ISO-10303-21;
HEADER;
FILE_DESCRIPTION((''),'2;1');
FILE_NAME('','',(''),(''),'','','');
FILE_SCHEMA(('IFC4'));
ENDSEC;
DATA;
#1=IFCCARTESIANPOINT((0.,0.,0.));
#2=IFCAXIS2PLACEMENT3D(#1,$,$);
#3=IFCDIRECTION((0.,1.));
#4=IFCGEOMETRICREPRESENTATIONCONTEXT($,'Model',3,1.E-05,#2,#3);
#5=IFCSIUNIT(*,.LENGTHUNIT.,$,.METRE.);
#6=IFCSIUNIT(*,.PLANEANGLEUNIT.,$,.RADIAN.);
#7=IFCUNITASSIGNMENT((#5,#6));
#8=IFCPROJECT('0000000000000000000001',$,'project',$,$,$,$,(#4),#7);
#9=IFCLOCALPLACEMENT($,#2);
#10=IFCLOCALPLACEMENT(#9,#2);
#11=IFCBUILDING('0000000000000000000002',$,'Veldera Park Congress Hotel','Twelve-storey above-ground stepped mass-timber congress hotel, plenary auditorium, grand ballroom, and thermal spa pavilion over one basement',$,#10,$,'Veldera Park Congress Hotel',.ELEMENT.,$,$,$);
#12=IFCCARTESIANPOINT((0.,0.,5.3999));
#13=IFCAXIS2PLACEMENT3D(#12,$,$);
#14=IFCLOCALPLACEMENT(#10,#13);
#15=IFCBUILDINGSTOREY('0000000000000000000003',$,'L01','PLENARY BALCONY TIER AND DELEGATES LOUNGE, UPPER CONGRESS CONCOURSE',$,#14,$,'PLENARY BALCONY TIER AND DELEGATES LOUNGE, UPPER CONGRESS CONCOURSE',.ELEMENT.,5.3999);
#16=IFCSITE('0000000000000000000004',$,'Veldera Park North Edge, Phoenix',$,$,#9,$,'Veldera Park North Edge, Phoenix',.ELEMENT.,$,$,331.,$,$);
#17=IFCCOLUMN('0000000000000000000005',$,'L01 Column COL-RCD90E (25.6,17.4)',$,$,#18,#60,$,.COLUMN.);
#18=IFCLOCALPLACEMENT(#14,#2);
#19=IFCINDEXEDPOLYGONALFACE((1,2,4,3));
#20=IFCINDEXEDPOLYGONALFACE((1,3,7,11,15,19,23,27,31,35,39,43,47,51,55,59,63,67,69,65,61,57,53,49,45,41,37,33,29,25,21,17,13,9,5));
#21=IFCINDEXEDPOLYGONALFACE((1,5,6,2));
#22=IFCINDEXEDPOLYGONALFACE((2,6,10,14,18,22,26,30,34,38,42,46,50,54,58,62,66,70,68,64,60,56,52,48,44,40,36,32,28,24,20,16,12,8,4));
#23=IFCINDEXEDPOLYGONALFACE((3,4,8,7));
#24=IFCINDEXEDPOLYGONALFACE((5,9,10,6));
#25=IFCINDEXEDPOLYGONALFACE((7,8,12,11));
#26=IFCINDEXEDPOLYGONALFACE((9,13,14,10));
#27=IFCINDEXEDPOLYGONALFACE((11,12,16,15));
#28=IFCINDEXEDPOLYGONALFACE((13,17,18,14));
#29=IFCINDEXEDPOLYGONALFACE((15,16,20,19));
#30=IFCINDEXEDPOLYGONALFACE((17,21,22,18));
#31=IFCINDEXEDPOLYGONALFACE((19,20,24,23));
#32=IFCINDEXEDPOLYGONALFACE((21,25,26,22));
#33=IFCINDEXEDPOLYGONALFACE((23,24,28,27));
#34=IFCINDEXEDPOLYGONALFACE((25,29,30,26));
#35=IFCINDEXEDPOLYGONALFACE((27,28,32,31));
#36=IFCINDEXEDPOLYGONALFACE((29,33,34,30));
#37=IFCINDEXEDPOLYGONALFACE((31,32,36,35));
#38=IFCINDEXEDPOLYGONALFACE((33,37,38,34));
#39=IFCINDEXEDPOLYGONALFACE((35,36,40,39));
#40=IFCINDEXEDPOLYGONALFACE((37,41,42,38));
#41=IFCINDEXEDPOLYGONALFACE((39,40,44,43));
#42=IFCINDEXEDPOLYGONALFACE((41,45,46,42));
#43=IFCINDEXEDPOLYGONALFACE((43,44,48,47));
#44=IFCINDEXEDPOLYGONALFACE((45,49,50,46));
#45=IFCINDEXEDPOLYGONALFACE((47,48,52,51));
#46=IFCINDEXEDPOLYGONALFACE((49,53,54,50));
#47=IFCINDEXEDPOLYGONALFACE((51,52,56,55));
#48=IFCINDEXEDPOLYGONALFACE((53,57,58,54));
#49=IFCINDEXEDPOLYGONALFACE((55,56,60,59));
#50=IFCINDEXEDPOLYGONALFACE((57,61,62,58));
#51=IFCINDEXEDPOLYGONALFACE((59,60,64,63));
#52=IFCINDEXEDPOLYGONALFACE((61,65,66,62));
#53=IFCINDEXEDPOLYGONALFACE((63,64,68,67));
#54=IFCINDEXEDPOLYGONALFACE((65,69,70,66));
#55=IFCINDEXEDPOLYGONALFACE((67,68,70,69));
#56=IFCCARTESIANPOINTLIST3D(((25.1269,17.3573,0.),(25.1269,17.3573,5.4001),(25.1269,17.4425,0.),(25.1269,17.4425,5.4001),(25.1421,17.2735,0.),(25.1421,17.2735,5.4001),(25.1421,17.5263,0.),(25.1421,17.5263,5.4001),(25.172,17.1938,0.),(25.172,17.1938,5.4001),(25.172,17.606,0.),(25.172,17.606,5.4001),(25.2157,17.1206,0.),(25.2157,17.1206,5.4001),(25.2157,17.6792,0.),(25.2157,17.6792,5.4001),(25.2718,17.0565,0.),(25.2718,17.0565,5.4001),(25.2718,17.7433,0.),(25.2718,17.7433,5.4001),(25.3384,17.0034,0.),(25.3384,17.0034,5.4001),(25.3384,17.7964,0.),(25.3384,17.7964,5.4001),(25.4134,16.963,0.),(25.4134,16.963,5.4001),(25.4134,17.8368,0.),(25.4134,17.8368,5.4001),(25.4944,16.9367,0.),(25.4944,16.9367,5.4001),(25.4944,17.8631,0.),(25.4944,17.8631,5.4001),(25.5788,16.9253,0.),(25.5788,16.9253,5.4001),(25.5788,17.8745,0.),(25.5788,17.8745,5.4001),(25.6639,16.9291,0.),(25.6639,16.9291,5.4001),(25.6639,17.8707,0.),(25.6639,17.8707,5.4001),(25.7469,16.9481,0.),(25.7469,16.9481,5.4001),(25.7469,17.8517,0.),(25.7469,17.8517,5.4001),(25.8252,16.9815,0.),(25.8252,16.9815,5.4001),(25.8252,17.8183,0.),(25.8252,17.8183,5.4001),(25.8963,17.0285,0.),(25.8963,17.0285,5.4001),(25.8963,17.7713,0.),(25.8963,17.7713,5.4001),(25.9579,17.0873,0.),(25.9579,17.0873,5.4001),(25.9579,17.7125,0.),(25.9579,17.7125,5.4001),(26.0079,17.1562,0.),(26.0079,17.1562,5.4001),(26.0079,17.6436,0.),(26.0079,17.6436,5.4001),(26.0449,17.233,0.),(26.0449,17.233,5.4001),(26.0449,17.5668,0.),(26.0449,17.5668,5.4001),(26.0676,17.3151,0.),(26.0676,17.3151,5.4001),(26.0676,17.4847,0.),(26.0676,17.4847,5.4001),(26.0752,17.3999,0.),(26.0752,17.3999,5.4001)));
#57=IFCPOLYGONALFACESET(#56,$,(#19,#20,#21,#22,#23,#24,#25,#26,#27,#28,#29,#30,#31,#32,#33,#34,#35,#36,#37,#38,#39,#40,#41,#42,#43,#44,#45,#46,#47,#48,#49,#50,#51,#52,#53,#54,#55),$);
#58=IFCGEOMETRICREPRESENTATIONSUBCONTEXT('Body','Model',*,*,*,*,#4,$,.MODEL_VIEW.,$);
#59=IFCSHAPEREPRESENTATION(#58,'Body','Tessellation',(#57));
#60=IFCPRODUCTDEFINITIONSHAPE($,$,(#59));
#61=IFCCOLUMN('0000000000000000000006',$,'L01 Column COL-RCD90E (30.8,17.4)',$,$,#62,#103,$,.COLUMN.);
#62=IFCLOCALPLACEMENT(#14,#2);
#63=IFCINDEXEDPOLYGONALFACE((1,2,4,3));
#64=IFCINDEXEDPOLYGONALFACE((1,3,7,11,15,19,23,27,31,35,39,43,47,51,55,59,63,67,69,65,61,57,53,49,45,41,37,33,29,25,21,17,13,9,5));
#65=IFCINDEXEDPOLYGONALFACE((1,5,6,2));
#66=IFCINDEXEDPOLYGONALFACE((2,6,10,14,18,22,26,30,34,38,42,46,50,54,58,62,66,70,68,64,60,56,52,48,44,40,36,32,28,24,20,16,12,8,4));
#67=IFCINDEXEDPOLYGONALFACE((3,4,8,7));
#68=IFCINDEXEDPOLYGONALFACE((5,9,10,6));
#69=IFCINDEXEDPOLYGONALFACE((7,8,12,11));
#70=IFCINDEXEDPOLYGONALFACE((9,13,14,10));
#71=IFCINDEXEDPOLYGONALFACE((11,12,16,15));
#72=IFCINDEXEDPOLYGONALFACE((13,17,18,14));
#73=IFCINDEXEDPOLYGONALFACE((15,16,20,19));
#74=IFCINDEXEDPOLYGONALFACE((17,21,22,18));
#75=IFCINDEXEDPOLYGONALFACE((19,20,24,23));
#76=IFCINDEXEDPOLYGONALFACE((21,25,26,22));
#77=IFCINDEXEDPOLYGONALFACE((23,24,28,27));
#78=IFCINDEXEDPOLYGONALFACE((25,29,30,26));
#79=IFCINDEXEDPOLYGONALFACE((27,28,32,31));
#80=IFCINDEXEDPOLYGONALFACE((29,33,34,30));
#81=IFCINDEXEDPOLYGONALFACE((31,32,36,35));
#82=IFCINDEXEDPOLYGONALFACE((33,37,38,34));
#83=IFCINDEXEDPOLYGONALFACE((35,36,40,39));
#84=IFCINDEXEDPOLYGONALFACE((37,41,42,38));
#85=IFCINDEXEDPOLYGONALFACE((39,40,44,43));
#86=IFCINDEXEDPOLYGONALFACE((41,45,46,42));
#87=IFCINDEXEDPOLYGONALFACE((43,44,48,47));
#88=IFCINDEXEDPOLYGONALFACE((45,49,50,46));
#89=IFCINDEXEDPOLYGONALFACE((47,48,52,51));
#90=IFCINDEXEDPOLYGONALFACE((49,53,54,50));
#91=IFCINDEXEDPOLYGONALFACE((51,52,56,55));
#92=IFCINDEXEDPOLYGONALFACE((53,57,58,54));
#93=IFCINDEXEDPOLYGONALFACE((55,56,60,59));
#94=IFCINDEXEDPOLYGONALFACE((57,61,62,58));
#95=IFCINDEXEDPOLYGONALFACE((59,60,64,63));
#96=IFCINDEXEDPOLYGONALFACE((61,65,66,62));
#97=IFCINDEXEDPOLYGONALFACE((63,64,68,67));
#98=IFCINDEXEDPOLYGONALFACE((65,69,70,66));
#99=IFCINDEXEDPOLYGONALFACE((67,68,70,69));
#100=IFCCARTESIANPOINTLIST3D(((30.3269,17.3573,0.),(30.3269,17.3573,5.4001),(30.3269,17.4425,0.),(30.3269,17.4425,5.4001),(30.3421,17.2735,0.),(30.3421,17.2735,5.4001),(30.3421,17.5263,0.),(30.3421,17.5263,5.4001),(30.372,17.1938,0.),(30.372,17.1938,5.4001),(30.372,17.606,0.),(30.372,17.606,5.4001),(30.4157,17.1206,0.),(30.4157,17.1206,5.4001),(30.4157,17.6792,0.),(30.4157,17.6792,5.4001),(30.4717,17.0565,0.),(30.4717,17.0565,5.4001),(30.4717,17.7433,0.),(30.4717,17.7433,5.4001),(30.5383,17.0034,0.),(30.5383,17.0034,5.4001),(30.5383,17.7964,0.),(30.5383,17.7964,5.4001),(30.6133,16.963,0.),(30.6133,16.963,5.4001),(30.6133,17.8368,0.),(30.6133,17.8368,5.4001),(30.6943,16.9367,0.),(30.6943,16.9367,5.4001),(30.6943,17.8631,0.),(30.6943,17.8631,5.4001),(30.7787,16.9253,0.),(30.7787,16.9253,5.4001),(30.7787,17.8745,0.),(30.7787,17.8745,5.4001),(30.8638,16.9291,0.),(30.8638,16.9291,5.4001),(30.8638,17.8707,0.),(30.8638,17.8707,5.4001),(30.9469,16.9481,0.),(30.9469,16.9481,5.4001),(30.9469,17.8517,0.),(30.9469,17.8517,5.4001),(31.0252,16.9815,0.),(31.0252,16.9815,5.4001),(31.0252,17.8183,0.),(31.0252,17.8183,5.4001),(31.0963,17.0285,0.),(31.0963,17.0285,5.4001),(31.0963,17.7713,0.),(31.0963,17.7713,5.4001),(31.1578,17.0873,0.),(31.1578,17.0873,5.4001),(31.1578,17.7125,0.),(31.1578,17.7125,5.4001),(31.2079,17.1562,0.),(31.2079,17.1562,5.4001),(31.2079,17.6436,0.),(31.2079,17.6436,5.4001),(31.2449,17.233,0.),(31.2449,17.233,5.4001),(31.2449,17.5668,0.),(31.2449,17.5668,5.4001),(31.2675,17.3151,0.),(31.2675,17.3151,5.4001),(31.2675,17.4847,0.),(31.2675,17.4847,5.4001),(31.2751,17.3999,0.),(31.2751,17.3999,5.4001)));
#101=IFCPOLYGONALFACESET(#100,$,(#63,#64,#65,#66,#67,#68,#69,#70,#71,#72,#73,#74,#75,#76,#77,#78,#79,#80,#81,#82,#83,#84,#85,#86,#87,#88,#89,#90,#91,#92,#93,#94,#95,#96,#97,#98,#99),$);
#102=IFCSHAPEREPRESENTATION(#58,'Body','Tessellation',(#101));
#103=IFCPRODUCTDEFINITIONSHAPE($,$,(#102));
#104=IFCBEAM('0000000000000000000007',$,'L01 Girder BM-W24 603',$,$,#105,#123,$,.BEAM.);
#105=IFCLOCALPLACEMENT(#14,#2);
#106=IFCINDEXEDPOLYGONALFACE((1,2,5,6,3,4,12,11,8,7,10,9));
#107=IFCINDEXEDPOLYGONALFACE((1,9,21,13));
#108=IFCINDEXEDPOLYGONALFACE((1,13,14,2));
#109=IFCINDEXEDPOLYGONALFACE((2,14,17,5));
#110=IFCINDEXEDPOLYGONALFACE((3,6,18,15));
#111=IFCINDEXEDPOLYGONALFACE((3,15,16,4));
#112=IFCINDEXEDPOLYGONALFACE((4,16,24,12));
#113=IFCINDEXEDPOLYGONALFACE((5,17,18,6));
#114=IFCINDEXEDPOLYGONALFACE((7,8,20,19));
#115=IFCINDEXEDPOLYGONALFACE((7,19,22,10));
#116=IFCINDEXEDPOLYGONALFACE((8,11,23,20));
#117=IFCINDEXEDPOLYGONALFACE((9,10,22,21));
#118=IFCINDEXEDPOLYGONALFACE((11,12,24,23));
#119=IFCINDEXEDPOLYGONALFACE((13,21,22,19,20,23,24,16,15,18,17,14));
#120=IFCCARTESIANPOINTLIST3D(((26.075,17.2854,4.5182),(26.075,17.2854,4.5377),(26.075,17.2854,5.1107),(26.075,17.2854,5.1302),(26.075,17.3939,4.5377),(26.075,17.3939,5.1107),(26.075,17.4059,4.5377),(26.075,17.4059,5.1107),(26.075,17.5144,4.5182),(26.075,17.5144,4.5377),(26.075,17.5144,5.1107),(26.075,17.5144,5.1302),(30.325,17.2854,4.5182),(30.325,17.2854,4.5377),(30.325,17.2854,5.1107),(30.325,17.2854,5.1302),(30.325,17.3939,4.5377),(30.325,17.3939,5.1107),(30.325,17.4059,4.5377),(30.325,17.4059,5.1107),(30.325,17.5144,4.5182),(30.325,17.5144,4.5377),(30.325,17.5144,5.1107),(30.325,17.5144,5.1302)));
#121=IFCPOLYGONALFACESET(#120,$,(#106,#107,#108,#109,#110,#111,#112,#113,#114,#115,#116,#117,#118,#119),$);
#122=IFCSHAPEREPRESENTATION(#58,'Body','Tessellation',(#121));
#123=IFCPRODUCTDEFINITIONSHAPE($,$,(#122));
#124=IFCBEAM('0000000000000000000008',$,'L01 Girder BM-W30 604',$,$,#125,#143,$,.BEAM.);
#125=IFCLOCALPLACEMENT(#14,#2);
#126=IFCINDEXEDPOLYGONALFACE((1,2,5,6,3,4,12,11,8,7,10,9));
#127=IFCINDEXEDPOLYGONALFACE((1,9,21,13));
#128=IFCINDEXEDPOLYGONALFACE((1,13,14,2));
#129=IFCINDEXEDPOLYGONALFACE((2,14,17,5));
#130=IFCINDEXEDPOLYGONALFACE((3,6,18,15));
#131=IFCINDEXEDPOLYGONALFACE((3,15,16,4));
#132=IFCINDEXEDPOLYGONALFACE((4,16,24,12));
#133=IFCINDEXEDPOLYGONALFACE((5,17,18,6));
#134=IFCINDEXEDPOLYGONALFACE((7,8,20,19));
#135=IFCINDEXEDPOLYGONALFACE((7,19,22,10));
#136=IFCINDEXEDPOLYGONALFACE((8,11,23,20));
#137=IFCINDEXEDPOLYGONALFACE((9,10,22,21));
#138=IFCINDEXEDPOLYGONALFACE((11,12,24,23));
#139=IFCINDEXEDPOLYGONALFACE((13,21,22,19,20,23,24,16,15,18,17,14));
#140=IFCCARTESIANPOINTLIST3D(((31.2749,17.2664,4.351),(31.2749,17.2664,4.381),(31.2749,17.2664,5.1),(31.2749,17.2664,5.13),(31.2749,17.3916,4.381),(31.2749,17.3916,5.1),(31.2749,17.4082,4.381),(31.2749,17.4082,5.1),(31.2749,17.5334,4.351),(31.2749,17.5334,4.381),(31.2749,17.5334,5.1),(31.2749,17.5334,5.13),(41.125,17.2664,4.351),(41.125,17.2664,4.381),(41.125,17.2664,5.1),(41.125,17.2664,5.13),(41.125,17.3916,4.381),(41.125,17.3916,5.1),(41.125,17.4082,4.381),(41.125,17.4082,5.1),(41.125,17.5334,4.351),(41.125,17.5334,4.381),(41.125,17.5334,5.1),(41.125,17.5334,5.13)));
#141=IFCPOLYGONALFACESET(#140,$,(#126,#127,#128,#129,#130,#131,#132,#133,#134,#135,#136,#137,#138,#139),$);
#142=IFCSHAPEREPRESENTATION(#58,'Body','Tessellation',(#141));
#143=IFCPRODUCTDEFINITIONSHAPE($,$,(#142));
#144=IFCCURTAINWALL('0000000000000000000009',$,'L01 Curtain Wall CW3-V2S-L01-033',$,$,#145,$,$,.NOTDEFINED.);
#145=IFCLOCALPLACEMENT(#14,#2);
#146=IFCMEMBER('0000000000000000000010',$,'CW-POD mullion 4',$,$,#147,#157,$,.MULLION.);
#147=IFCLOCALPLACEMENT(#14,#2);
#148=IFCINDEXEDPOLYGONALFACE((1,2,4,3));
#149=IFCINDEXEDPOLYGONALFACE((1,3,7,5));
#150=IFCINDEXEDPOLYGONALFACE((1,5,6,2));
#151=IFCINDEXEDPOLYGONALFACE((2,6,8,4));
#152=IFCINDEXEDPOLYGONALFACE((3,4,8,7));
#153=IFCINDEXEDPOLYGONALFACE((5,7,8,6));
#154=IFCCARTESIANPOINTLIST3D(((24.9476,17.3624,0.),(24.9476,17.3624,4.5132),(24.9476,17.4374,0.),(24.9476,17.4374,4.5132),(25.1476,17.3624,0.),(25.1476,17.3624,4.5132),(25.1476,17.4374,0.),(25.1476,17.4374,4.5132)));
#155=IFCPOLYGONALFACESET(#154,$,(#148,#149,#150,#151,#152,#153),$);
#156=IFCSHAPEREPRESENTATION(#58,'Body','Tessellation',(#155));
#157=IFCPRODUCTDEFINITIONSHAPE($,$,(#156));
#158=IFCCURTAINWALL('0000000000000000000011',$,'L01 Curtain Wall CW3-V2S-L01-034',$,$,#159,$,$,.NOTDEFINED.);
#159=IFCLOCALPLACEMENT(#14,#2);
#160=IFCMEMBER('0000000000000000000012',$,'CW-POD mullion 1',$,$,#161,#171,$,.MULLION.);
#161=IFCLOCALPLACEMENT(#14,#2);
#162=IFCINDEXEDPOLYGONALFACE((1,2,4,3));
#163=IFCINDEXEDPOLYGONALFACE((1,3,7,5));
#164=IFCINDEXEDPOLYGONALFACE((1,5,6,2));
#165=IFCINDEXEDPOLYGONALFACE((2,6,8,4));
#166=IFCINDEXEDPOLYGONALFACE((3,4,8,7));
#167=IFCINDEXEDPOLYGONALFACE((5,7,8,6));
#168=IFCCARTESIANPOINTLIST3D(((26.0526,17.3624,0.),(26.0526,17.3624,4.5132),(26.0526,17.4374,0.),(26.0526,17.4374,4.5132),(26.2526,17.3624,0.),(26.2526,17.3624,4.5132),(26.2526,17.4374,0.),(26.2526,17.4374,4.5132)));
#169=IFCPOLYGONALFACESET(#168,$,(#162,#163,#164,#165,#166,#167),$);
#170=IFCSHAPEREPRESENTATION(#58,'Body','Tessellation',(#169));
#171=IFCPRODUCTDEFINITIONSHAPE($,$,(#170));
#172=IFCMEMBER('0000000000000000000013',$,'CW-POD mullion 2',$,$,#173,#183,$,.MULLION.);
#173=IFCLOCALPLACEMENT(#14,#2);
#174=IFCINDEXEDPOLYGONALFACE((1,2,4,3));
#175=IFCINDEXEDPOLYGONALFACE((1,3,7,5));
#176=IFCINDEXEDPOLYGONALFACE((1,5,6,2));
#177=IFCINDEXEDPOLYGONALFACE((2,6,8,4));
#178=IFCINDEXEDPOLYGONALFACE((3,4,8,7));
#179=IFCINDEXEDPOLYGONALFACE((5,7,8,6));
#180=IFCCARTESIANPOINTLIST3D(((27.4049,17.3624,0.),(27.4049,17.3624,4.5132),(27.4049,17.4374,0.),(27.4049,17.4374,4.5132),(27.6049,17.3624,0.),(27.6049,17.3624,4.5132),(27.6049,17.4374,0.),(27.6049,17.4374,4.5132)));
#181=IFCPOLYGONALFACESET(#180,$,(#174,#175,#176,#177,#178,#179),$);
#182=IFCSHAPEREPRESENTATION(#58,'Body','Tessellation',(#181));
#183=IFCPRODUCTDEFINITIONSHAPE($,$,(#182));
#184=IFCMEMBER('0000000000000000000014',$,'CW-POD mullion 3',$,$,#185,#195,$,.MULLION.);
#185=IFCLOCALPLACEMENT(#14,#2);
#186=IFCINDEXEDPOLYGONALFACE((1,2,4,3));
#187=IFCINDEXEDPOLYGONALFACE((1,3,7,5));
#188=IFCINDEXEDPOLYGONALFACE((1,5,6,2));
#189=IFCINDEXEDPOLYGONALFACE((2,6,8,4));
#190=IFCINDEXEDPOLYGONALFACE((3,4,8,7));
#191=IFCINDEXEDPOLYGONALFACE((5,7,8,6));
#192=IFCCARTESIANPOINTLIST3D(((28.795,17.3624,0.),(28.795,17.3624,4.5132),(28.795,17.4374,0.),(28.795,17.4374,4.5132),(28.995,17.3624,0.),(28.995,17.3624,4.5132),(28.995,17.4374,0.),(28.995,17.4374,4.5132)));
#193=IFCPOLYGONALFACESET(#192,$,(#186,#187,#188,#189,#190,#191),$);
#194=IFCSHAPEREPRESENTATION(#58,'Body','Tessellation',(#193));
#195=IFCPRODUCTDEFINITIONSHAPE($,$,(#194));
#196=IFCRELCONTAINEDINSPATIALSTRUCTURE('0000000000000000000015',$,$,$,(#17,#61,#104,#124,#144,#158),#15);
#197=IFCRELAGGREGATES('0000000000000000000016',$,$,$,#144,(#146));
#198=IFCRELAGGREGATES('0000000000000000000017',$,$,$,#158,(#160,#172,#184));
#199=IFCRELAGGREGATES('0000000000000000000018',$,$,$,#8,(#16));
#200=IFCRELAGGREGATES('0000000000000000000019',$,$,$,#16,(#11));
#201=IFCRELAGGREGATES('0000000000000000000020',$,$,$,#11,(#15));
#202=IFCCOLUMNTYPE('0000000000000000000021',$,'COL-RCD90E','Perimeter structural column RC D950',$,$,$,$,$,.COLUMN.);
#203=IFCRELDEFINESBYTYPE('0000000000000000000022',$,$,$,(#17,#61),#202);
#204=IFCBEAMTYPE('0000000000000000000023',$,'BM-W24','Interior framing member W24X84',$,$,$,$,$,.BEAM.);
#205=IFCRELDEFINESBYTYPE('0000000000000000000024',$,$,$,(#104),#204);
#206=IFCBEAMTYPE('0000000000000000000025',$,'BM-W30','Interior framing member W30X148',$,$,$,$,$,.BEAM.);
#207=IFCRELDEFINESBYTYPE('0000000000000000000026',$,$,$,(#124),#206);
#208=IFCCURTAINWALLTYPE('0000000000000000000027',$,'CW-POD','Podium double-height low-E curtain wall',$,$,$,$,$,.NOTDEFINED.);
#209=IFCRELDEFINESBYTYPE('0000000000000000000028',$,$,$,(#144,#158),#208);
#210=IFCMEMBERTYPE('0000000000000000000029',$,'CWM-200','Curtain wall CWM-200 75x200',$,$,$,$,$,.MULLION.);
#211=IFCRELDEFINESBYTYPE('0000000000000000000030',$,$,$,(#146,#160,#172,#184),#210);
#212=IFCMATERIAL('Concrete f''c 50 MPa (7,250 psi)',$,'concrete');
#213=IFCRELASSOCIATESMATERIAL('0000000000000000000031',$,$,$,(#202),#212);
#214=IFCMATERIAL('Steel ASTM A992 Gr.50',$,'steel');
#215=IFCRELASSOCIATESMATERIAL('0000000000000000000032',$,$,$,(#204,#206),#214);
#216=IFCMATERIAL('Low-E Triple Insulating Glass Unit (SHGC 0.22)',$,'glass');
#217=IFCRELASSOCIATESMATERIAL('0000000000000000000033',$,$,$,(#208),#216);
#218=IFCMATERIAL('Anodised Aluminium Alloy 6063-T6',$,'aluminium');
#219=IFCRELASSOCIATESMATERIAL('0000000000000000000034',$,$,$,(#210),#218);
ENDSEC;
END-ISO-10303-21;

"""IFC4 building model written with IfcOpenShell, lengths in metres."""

from ifc_helpers import new_model, si_unit, direction, frame, origin, origin_2d, place, context, subcontext, project, spatial, rectangle, circle, i_section, extrude, material, material_profile, profile_set, type_object, element, aggregate, save


model = new_model("IFC4")

# Units and contexts
model_context = context("Model", 3, precision=1e-05, world=origin(), true_north=direction((0.0, 1.0)))
body_context = subcontext(model_context, "Body", "Model", "MODEL_VIEW")
ifc_project = project(units=[si_unit("LENGTHUNIT", "METRE"), si_unit("PLANEANGLEUNIT", "RADIAN")], contexts=[model_context])

# Site, building, storey
site_placement = place(None, origin())
site = spatial("IfcSite", under=ifc_project, at=site_placement, Name="Veldera Park North Edge, Phoenix", LongName="Veldera Park North Edge, Phoenix", CompositionType="ELEMENT", RefElevation=331.0)
building_placement = place(site_placement, origin())
building = spatial("IfcBuilding", under=site, at=building_placement, Name="Veldera Park Congress Hotel", Description="Twelve-storey above-ground stepped mass-timber congress hotel, plenary auditorium, grand ballroom, and thermal spa pavilion over one basement", LongName="Veldera Park Congress Hotel", CompositionType="ELEMENT")
storey_placement = place(building_placement, frame((0.0, 0.0, 5.3999)))
storey = spatial("IfcBuildingStorey", under=building, at=storey_placement, Name="L01", Description="PLENARY BALCONY TIER AND DELEGATES LOUNGE, UPPER CONGRESS CONCOURSE", LongName="PLENARY BALCONY TIER AND DELEGATES LOUNGE, UPPER CONGRESS CONCOURSE", CompositionType="ELEMENT", Elevation=5.3999)

# Columns
ifc_material_1 = material(Name="Concrete f'c 50 MPa (7,250 psi)", Category="concrete")
ifc_material_profile_1 = material_profile(ifc_material_1, circle(Radius=0.4751, at=origin_2d()), Name="RC D950")
ifc_profile_set_1 = profile_set([ifc_material_profile_1], Name="Concrete f'c 50 MPa (7,250 psi)")
column_type = type_object("IfcColumnType", Name="COL-RCD90E", Description="Perimeter structural column RC D950", PredefinedType="COLUMN", material=ifc_profile_set_1)
for number, where, z_axis, x_axis, name in (
    (1, (25.6001, 17.3999, 0.0), (0.0, 0.0, 1.0), (1.0, 0.0, 0.0), "L01 Column COL-RCD90E (25.6,17.4)"),
    (2, (30.8, 17.3999, 0.0), (0.0, 0.0, 1.0), (1.0, 0.0, 0.0), "L01 Column COL-RCD90E (30.8,17.4)"),
):
    element("IfcColumn", number, at=place(storey_placement, frame(where, z_axis=z_axis, x_axis=x_axis)), inside=storey, type_object=column_type, Name=name, PredefinedType="COLUMN", context=body_context, shape_type="SweptSolid", body=[
        extrude(circle(Radius=0.4751, at=origin_2d()), origin(), (0.0, 0.0, 1.0), 5.4001),
    ])

# Beams
ifc_material_2 = material(Name="Steel ASTM A992 Gr.50", Category="steel")
ifc_material_profile_2 = material_profile(ifc_material_2, i_section(OverallWidth=0.229, OverallDepth=0.6121, WebThickness=0.012, FlangeThickness=0.0195, at=origin_2d()), Name="W24X84")
ifc_profile_set_2 = profile_set([ifc_material_profile_2], Name="Steel ASTM A992 Gr.50")
beam_type_1 = type_object("IfcBeamType", Name="BM-W24", Description="Interior framing member W24X84", PredefinedType="BEAM", material=ifc_profile_set_2)
beam_1_placement = place(storey_placement, frame((26.075, 17.3999, 4.8242), z_axis=(1.0, 0.0, 0.0), x_axis=(0.0, 1.0, 0.0)))
element("IfcBeam", 3, at=beam_1_placement, inside=storey, type_object=beam_type_1, Name="L01 Girder BM-W24 603", PredefinedType="BEAM", context=body_context, shape_type="SweptSolid", body=[
    extrude(i_section(OverallWidth=0.229, OverallDepth=0.6121, WebThickness=0.012, FlangeThickness=0.0195, at=origin_2d()), origin(), (0.0, 0.0, 1.0), 4.25),
])
ifc_material_profile_3 = material_profile(ifc_material_2, i_section(OverallWidth=0.2671, OverallDepth=0.7791, WebThickness=0.0166, FlangeThickness=0.03, at=origin_2d()), Name="W30X148")
ifc_profile_set_3 = profile_set([ifc_material_profile_3], Name="Steel ASTM A992 Gr.50")
beam_type_2 = type_object("IfcBeamType", Name="BM-W30", Description="Interior framing member W30X148", PredefinedType="BEAM", material=ifc_profile_set_3)
beam_2_placement = place(storey_placement, frame((31.2749, 17.3999, 4.7405), z_axis=(1.0, 0.0, 0.0), x_axis=(0.0, 1.0, 0.0)))
element("IfcBeam", 4, at=beam_2_placement, inside=storey, type_object=beam_type_2, Name="L01 Girder BM-W30 604", PredefinedType="BEAM", context=body_context, shape_type="SweptSolid", body=[
    extrude(i_section(OverallWidth=0.2671, OverallDepth=0.7791, WebThickness=0.0166, FlangeThickness=0.03, at=origin_2d()), origin(), (0.0, 0.0, 1.0), 9.8501),
])

# Curtain wall, member
ifc_material_3 = material(Name="Low-E Triple Insulating Glass Unit (SHGC 0.22)", Category="glass")
curtain_wall_type = type_object("IfcCurtainWallType", Name="CW-POD", Description="Podium double-height low-E curtain wall", PredefinedType="NOTDEFINED", material=ifc_material_3)
curtain_wall_1_placement = place(storey_placement, origin())
curtain_wall_1 = element("IfcCurtainWall", 5, at=curtain_wall_1_placement, inside=storey, type_object=curtain_wall_type, Name="L01 Curtain Wall CW3-V2S-L01-033", PredefinedType="NOTDEFINED")
ifc_material_4 = material(Name="Anodised Aluminium Alloy 6063-T6", Category="aluminium")
ifc_material_profile_4 = material_profile(ifc_material_4, rectangle(XDim=0.075, YDim=0.2, at=origin_2d()), Name="ALU 75x200")
ifc_profile_set_4 = profile_set([ifc_material_profile_4], Name="Anodised Aluminium Alloy 6063-T6")
member_type_1 = type_object("IfcMemberType", Name="CWM-200", Description="Curtain wall CWM-200 75x200", PredefinedType="MULLION", material=ifc_profile_set_4)
member_1_placement = place(storey_placement, frame((25.0476, 17.3999, 0.0), z_axis=(0.0, 0.0, 1.0), x_axis=(0.0, 1.0, 0.0)))
member_1 = element("IfcMember", 6, at=member_1_placement, type_object=member_type_1, Name="CW-POD mullion 4", PredefinedType="MULLION", context=body_context, shape_type="SweptSolid", body=[
    extrude(rectangle(XDim=0.075, YDim=0.2, at=origin_2d()), origin(), (0.0, 0.0, 1.0), 4.5132),
])
aggregate(curtain_wall_1, [member_1])

# Curtain wall, members
curtain_wall_2_placement = place(storey_placement, origin())
curtain_wall_2 = element("IfcCurtainWall", 7, at=curtain_wall_2_placement, inside=storey, type_object=curtain_wall_type, Name="L01 Curtain Wall CW3-V2S-L01-034", PredefinedType="NOTDEFINED")
member_2_placement = place(storey_placement, frame((26.1526, 17.3999, 0.0), z_axis=(0.0, 0.0, 1.0), x_axis=(0.0, 1.0, 0.0)))
member_2 = element("IfcMember", 8, at=member_2_placement, type_object=member_type_1, Name="CW-POD mullion 1", PredefinedType="MULLION", context=body_context, shape_type="SweptSolid", body=[
    extrude(rectangle(XDim=0.075, YDim=0.2, at=origin_2d()), origin(), (0.0, 0.0, 1.0), 4.5132),
])
member_3_placement = place(storey_placement, frame((27.5049, 17.3999, 0.0), z_axis=(0.0, 0.0, 1.0), x_axis=(0.0, 1.0, 0.0)))
member_3 = element("IfcMember", 9, at=member_3_placement, type_object=member_type_1, Name="CW-POD mullion 2", PredefinedType="MULLION", context=body_context, shape_type="SweptSolid", body=[
    extrude(rectangle(XDim=0.075, YDim=0.2, at=origin_2d()), origin(), (0.0, 0.0, 1.0), 4.5132),
])
member_4_placement = place(storey_placement, frame((28.895, 17.3999, 0.0), z_axis=(0.0, 0.0, 1.0), x_axis=(0.0, 1.0, 0.0)))
member_4 = element("IfcMember", 10, at=member_4_placement, type_object=member_type_1, Name="CW-POD mullion 3", PredefinedType="MULLION", context=body_context, shape_type="SweptSolid", body=[
    extrude(rectangle(XDim=0.075, YDim=0.2, at=origin_2d()), origin(), (0.0, 0.0, 1.0), 4.5132),
])

aggregate(curtain_wall_2, [member_2, member_3, member_4])

save(model, "model.ifc")
